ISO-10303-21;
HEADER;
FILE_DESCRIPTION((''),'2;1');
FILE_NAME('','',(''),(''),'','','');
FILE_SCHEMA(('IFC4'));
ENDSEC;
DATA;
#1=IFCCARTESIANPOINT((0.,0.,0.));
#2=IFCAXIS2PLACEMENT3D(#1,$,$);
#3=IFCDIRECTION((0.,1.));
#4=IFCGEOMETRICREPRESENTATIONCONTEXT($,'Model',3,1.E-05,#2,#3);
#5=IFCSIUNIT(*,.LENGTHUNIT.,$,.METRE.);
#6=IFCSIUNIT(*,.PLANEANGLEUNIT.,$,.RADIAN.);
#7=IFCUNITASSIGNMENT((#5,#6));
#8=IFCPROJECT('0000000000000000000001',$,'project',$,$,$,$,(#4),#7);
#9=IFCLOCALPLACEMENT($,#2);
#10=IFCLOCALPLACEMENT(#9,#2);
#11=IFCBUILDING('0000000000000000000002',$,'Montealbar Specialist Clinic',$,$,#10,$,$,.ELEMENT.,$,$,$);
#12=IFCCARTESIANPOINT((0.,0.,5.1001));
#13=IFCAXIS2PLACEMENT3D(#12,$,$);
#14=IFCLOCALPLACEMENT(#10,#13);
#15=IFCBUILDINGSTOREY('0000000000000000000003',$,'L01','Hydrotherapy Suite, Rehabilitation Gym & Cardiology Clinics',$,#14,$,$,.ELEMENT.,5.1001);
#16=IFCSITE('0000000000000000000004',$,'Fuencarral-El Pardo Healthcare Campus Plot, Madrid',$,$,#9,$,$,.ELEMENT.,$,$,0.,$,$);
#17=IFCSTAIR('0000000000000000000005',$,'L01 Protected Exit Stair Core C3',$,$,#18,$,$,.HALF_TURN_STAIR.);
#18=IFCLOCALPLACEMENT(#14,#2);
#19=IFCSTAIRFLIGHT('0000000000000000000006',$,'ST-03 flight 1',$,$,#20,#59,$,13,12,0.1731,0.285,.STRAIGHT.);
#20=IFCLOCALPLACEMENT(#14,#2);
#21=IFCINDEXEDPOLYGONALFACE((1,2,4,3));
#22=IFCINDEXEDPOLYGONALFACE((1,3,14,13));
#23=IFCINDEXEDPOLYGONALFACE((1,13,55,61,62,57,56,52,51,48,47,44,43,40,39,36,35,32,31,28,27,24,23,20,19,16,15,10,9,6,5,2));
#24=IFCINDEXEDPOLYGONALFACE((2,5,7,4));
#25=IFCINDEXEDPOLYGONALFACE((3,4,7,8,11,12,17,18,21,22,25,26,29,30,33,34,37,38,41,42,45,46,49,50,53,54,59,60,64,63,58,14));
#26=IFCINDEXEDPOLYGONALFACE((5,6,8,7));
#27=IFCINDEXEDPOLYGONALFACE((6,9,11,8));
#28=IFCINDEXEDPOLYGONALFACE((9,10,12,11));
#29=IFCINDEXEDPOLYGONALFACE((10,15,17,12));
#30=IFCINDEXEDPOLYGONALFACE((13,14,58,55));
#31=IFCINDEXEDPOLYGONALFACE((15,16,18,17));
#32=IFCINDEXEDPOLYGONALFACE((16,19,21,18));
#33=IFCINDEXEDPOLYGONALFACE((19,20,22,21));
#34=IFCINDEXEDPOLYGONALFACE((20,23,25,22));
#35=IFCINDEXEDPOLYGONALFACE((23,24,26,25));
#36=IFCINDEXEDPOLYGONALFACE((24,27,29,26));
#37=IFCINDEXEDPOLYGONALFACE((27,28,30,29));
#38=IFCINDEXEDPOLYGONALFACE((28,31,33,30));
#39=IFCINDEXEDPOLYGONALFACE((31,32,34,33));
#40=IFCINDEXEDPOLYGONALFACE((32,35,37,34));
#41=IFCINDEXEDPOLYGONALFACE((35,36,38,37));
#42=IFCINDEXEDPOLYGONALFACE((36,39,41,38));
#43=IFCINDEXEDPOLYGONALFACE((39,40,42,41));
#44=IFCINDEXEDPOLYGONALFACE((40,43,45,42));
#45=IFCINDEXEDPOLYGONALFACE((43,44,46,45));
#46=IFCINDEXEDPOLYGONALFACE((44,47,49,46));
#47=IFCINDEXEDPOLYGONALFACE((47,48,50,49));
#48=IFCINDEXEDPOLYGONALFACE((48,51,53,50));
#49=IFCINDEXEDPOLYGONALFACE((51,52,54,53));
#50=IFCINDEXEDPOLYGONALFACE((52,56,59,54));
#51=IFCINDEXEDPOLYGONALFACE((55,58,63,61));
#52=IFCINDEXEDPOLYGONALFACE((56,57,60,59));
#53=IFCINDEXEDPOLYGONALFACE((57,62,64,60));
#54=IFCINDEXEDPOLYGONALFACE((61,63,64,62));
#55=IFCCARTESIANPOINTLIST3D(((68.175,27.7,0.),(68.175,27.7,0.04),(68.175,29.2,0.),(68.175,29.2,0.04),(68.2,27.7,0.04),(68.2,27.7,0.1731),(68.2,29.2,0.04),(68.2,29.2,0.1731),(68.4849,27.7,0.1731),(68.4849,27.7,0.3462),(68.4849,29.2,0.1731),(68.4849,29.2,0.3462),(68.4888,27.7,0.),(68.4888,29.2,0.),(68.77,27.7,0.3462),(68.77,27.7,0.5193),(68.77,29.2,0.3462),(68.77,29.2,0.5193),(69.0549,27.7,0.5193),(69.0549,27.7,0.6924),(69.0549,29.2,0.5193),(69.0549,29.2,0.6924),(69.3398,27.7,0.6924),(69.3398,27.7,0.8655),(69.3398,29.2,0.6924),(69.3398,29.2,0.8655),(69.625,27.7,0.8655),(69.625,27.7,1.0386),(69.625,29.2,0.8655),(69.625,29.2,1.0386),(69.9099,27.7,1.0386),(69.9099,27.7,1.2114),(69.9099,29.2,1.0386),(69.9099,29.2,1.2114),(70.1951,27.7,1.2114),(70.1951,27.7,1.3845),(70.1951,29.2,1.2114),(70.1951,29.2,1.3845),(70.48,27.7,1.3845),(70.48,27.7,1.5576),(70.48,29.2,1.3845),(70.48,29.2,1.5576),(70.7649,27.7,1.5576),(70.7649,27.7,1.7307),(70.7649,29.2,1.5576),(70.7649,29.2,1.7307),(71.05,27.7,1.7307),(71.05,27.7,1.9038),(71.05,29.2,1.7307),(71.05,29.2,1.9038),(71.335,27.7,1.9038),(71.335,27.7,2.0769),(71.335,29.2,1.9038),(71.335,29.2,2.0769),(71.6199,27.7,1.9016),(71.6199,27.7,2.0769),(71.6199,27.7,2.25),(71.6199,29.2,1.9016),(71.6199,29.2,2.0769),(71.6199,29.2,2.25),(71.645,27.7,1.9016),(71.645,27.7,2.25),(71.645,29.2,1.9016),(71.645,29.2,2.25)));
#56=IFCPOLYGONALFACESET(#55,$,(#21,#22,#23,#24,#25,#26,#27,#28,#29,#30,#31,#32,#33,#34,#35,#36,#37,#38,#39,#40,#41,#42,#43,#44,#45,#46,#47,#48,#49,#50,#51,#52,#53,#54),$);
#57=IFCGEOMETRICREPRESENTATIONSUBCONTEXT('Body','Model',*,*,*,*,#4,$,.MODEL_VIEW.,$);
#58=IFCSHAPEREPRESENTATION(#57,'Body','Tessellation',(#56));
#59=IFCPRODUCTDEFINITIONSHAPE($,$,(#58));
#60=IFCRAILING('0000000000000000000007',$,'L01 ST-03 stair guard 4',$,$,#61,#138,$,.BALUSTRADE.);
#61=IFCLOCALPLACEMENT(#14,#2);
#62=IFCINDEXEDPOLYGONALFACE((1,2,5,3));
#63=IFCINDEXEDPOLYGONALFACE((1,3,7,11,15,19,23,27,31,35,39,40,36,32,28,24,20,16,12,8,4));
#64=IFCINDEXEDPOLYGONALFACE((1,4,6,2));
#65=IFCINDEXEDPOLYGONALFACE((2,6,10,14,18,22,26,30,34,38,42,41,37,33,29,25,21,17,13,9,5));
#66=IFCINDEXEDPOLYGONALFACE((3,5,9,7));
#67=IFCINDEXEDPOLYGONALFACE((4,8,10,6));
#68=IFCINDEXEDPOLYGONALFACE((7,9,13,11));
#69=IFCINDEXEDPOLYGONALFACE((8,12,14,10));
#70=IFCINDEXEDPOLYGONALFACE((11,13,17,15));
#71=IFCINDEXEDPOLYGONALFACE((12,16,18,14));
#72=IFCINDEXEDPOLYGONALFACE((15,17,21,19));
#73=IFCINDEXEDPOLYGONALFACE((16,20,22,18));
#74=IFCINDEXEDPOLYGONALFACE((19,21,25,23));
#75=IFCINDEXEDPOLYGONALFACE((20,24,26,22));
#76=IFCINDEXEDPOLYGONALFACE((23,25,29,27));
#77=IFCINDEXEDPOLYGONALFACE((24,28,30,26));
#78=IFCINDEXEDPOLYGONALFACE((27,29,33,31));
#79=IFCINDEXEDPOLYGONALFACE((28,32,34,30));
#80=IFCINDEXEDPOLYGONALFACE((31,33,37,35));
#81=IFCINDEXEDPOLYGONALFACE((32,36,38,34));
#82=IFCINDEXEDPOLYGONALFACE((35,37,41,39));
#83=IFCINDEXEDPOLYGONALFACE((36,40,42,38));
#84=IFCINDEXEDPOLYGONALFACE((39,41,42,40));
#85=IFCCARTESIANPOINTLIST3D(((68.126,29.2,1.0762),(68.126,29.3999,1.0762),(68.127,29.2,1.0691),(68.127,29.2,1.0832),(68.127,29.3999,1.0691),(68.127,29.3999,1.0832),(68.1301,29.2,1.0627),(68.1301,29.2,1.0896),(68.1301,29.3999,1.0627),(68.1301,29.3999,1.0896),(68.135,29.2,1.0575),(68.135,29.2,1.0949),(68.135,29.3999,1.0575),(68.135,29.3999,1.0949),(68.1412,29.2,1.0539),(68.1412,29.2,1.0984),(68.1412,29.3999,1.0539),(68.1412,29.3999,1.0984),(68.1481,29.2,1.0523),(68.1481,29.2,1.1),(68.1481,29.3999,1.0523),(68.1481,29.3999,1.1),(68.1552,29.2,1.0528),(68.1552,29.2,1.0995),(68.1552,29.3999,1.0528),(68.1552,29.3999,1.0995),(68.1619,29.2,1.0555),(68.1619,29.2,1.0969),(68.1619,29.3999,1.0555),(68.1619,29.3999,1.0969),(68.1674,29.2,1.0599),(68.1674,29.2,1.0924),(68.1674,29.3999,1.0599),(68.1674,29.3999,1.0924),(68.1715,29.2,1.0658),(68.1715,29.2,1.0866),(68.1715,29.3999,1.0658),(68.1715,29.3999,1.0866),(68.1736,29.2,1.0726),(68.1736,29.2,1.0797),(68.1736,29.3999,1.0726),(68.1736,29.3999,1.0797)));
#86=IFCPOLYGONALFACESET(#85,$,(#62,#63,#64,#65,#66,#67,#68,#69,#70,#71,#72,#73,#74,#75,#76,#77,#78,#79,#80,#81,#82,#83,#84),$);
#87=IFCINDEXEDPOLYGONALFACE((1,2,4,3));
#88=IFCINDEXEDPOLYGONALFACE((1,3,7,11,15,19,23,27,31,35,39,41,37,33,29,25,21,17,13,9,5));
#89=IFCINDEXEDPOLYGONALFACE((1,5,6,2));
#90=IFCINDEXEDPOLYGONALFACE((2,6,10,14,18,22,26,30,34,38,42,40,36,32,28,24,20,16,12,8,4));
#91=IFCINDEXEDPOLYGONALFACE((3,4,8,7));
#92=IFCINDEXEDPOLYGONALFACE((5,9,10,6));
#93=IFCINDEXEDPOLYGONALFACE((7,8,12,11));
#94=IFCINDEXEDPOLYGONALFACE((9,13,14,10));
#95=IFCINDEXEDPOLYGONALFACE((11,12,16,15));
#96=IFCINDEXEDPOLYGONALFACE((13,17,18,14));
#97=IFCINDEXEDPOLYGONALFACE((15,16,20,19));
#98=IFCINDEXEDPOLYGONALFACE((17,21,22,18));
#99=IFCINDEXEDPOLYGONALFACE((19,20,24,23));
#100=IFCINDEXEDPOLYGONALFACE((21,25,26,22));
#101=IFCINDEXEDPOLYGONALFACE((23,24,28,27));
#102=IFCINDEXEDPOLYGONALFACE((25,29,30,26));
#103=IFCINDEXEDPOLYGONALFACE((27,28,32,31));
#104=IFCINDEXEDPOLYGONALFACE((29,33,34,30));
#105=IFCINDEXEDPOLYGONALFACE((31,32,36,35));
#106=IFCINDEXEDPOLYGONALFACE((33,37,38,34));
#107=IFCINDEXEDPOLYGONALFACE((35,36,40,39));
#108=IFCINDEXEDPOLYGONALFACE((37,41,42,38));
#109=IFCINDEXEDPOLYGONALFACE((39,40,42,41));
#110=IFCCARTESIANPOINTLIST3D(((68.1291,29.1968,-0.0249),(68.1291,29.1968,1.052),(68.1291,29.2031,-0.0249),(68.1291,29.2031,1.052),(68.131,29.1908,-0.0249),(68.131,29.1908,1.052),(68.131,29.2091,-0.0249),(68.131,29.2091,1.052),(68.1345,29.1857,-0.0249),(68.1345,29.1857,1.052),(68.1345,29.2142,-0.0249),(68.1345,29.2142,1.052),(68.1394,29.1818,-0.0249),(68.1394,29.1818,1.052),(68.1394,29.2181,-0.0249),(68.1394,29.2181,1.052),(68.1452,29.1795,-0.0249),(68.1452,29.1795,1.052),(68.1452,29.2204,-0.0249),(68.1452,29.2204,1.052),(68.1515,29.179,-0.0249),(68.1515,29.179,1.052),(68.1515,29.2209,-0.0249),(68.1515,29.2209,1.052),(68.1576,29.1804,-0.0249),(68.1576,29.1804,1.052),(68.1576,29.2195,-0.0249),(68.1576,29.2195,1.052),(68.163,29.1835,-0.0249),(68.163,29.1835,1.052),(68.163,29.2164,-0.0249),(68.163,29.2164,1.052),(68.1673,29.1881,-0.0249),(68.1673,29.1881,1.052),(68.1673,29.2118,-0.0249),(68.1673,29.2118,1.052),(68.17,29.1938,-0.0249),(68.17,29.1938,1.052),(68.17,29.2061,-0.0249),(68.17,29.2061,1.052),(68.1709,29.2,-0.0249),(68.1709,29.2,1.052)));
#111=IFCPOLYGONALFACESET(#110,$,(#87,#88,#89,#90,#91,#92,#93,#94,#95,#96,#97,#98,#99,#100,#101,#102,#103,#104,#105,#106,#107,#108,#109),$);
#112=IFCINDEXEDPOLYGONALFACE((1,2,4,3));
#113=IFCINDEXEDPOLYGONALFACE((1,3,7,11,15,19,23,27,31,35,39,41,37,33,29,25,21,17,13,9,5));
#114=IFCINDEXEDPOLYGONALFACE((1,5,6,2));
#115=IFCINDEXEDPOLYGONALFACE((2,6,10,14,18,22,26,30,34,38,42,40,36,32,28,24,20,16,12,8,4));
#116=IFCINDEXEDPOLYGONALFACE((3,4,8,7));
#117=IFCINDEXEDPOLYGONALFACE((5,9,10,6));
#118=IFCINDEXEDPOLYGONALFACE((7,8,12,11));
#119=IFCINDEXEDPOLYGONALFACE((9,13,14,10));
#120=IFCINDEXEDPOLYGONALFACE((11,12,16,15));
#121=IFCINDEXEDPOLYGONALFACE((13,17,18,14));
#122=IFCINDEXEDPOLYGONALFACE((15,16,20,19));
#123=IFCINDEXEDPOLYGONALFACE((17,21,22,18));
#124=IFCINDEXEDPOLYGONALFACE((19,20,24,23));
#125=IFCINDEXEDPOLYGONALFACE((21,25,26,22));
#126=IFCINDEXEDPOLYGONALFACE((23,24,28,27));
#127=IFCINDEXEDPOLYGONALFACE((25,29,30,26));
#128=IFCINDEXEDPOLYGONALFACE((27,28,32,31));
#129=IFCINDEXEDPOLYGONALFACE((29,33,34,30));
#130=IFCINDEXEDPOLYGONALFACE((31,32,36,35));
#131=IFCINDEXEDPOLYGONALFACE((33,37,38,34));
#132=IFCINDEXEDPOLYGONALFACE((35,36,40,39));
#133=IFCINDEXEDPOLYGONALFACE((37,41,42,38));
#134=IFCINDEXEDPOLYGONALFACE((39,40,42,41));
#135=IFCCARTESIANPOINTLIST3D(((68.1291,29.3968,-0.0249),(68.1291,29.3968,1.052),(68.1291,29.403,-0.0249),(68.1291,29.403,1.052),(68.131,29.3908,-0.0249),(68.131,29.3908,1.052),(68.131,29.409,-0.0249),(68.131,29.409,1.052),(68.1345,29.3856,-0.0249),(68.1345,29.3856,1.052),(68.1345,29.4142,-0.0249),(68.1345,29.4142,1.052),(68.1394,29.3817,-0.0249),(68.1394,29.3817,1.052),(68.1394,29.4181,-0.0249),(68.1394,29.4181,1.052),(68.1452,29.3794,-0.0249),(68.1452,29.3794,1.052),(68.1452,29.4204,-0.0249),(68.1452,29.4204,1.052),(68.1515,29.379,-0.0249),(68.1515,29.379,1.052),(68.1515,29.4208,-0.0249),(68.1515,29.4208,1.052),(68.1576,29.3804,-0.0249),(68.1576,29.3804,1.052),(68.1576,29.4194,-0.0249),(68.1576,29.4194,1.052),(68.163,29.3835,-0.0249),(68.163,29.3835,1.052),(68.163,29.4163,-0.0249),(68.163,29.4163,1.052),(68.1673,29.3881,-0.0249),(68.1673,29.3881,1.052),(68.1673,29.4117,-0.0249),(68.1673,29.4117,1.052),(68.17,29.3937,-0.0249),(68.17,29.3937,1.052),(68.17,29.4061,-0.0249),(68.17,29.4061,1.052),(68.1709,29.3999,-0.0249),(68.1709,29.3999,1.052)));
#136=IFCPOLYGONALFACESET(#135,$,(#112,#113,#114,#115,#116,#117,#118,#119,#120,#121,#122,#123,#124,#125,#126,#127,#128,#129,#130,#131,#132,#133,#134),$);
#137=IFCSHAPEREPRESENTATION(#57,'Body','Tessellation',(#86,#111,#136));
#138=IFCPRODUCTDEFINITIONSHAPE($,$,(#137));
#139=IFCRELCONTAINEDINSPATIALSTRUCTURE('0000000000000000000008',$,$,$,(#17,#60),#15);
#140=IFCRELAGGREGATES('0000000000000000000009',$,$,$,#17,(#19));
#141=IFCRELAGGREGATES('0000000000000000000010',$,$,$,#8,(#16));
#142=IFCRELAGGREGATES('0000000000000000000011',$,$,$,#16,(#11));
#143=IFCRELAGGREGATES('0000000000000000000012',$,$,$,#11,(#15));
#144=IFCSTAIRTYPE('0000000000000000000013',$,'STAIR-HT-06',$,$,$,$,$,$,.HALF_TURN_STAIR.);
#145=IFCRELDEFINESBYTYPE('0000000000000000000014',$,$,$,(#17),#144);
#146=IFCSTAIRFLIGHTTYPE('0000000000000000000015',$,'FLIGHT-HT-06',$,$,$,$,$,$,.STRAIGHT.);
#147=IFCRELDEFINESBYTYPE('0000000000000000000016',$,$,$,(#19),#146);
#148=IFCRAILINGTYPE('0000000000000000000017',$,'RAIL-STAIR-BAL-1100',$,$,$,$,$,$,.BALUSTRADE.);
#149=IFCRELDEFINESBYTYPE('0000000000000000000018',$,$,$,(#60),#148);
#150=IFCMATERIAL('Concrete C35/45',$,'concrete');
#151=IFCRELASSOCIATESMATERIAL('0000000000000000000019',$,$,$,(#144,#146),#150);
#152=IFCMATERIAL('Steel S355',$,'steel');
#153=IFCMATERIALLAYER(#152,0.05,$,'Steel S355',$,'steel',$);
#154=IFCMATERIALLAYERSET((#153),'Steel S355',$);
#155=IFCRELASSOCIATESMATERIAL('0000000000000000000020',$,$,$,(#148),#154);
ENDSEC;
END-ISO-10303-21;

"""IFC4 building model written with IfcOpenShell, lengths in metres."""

from ifc_helpers import new_model, si_unit, direction, frame, origin, origin_2d, place, context, subcontext, project, spatial, polyline, circle, outline, extrude, material, layer, layer_set, type_object, element, aggregate, save


model = new_model("IFC4")

# Units and contexts
model_context = context("Model", 3, precision=1e-05, world=origin(), true_north=direction((0.0, 1.0)))
body_context = subcontext(model_context, "Body", "Model", "MODEL_VIEW")
ifc_project = project(units=[si_unit("LENGTHUNIT", "METRE"), si_unit("PLANEANGLEUNIT", "RADIAN")], contexts=[model_context])

# Site, building, storey
site_placement = place(None, origin())
site = spatial("IfcSite", under=ifc_project, at=site_placement, Name="Fuencarral-El Pardo Healthcare Campus Plot, Madrid", CompositionType="ELEMENT", RefElevation=0.0)
building_placement = place(site_placement, origin())
building = spatial("IfcBuilding", under=site, at=building_placement, Name="Montealbar Specialist Clinic", CompositionType="ELEMENT")
storey_placement = place(building_placement, frame((0.0, 0.0, 5.1001)))
storey = spatial("IfcBuildingStorey", under=building, at=storey_placement, Name="L01", Description="Hydrotherapy Suite, Rehabilitation Gym & Cardiology Clinics", CompositionType="ELEMENT", Elevation=5.1001)

# Shared definitions
ifc_material_1 = material(Name="Steel S355", Category="steel")

# Shared definitions
ifc_material_2 = material(Name="Concrete C35/45", Category="concrete")

# Stair, stair flight
stair_type = type_object("IfcStairType", Name="STAIR-HT-06", PredefinedType="HALF_TURN_STAIR", material=ifc_material_2)
stair_placement = place(storey_placement, origin())
stair = element("IfcStair", 1, at=stair_placement, inside=storey, type_object=stair_type, Name="L01 Protected Exit Stair Core C3", PredefinedType="HALF_TURN_STAIR")
stair_flight_type = type_object("IfcStairFlightType", Name="FLIGHT-HT-06", PredefinedType="STRAIGHT", material=ifc_material_2)
stair_flight_placement = place(storey_placement, frame((68.2, 28.45, 0.0), z_axis=(0.0, 0.0, 1.0), x_axis=(1.0, 0.0, 0.0)))
stair_flight = element("IfcStairFlight", 2, at=stair_flight_placement, type_object=stair_flight_type, Name="ST-03 flight 1", NumberOfRisers=13, NumberOfTreads=12, PredefinedType="STRAIGHT", RiserHeight=0.1731, TreadLength=0.285, context=body_context, shape_type="SweptSolid", body=[
    extrude(outline(polyline([(-0.0249, 0.0), (-0.0249, 0.04), (0.0, 0.04), (0.0, 0.1731), (0.2849, 0.1731), (0.2849, 0.3462), (0.5701, 0.3462), (0.5701, 0.5193), (0.855, 0.5193), (0.855, 0.6924), (1.1399, 0.6924), (1.1399, 0.8655), (1.425, 0.8655), (1.425, 1.0386), (1.71, 1.0386), (1.71, 1.2114), (1.9951, 1.2114), (1.9951, 1.3845), (2.28, 1.3845), (2.28, 1.5576), (2.5649, 1.5576), (2.5649, 1.7307), (2.8501, 1.7307), (2.8501, 1.9038), (3.135, 1.9038), (3.135, 2.0769), (3.4199, 2.0769), (3.4199, 2.25), (3.4451, 2.25), (3.4451, 1.9016), (3.4199, 1.9016), (0.2888, 0.0), (-0.0249, 0.0)])), frame((0.0, 0.75, 0.0), z_axis=(0.0, -1.0, 0.0), x_axis=(1.0, 0.0, 0.0)), (0.0, 0.0, 1.0), 1.5),
])
aggregate(stair, [stair_flight])

# Railing
ifc_layer_1 = layer(ifc_material_1, 0.05, Name="Steel S355", Category="steel")
ifc_layer_set_1 = layer_set([ifc_layer_1], Name="Steel S355")
railing_type_1 = type_object("IfcRailingType", Name="RAIL-STAIR-BAL-1100", PredefinedType="BALUSTRADE", material=ifc_layer_set_1)
railing_1_placement = place(storey_placement, frame((68.1499, 29.2, 0.0)))
element("IfcRailing", 3, at=railing_1_placement, inside=storey, type_object=railing_type_1, Name="L01 ST-03 stair guard 4", PredefinedType="BALUSTRADE", context=body_context, shape_type="SweptSolid", body=[
    extrude(circle(Radius=0.0239, at=origin_2d()), frame((0.0, 0.0, 1.0762), z_axis=(0.0, 1.0, 0.0), x_axis=(-1.0, 0.0, 0.0)), (0.0, 0.0, 1.0), 0.2),
    extrude(circle(Radius=0.021, at=origin_2d()), frame((0.0, 0.0, -0.0249)), (0.0, 0.0, 1.0), 1.0769),
    extrude(circle(Radius=0.021, at=origin_2d()), frame((0.0, 0.2, -0.0249)), (0.0, 0.0, 1.0), 1.0769),
])

save(model, "model.ifc")
